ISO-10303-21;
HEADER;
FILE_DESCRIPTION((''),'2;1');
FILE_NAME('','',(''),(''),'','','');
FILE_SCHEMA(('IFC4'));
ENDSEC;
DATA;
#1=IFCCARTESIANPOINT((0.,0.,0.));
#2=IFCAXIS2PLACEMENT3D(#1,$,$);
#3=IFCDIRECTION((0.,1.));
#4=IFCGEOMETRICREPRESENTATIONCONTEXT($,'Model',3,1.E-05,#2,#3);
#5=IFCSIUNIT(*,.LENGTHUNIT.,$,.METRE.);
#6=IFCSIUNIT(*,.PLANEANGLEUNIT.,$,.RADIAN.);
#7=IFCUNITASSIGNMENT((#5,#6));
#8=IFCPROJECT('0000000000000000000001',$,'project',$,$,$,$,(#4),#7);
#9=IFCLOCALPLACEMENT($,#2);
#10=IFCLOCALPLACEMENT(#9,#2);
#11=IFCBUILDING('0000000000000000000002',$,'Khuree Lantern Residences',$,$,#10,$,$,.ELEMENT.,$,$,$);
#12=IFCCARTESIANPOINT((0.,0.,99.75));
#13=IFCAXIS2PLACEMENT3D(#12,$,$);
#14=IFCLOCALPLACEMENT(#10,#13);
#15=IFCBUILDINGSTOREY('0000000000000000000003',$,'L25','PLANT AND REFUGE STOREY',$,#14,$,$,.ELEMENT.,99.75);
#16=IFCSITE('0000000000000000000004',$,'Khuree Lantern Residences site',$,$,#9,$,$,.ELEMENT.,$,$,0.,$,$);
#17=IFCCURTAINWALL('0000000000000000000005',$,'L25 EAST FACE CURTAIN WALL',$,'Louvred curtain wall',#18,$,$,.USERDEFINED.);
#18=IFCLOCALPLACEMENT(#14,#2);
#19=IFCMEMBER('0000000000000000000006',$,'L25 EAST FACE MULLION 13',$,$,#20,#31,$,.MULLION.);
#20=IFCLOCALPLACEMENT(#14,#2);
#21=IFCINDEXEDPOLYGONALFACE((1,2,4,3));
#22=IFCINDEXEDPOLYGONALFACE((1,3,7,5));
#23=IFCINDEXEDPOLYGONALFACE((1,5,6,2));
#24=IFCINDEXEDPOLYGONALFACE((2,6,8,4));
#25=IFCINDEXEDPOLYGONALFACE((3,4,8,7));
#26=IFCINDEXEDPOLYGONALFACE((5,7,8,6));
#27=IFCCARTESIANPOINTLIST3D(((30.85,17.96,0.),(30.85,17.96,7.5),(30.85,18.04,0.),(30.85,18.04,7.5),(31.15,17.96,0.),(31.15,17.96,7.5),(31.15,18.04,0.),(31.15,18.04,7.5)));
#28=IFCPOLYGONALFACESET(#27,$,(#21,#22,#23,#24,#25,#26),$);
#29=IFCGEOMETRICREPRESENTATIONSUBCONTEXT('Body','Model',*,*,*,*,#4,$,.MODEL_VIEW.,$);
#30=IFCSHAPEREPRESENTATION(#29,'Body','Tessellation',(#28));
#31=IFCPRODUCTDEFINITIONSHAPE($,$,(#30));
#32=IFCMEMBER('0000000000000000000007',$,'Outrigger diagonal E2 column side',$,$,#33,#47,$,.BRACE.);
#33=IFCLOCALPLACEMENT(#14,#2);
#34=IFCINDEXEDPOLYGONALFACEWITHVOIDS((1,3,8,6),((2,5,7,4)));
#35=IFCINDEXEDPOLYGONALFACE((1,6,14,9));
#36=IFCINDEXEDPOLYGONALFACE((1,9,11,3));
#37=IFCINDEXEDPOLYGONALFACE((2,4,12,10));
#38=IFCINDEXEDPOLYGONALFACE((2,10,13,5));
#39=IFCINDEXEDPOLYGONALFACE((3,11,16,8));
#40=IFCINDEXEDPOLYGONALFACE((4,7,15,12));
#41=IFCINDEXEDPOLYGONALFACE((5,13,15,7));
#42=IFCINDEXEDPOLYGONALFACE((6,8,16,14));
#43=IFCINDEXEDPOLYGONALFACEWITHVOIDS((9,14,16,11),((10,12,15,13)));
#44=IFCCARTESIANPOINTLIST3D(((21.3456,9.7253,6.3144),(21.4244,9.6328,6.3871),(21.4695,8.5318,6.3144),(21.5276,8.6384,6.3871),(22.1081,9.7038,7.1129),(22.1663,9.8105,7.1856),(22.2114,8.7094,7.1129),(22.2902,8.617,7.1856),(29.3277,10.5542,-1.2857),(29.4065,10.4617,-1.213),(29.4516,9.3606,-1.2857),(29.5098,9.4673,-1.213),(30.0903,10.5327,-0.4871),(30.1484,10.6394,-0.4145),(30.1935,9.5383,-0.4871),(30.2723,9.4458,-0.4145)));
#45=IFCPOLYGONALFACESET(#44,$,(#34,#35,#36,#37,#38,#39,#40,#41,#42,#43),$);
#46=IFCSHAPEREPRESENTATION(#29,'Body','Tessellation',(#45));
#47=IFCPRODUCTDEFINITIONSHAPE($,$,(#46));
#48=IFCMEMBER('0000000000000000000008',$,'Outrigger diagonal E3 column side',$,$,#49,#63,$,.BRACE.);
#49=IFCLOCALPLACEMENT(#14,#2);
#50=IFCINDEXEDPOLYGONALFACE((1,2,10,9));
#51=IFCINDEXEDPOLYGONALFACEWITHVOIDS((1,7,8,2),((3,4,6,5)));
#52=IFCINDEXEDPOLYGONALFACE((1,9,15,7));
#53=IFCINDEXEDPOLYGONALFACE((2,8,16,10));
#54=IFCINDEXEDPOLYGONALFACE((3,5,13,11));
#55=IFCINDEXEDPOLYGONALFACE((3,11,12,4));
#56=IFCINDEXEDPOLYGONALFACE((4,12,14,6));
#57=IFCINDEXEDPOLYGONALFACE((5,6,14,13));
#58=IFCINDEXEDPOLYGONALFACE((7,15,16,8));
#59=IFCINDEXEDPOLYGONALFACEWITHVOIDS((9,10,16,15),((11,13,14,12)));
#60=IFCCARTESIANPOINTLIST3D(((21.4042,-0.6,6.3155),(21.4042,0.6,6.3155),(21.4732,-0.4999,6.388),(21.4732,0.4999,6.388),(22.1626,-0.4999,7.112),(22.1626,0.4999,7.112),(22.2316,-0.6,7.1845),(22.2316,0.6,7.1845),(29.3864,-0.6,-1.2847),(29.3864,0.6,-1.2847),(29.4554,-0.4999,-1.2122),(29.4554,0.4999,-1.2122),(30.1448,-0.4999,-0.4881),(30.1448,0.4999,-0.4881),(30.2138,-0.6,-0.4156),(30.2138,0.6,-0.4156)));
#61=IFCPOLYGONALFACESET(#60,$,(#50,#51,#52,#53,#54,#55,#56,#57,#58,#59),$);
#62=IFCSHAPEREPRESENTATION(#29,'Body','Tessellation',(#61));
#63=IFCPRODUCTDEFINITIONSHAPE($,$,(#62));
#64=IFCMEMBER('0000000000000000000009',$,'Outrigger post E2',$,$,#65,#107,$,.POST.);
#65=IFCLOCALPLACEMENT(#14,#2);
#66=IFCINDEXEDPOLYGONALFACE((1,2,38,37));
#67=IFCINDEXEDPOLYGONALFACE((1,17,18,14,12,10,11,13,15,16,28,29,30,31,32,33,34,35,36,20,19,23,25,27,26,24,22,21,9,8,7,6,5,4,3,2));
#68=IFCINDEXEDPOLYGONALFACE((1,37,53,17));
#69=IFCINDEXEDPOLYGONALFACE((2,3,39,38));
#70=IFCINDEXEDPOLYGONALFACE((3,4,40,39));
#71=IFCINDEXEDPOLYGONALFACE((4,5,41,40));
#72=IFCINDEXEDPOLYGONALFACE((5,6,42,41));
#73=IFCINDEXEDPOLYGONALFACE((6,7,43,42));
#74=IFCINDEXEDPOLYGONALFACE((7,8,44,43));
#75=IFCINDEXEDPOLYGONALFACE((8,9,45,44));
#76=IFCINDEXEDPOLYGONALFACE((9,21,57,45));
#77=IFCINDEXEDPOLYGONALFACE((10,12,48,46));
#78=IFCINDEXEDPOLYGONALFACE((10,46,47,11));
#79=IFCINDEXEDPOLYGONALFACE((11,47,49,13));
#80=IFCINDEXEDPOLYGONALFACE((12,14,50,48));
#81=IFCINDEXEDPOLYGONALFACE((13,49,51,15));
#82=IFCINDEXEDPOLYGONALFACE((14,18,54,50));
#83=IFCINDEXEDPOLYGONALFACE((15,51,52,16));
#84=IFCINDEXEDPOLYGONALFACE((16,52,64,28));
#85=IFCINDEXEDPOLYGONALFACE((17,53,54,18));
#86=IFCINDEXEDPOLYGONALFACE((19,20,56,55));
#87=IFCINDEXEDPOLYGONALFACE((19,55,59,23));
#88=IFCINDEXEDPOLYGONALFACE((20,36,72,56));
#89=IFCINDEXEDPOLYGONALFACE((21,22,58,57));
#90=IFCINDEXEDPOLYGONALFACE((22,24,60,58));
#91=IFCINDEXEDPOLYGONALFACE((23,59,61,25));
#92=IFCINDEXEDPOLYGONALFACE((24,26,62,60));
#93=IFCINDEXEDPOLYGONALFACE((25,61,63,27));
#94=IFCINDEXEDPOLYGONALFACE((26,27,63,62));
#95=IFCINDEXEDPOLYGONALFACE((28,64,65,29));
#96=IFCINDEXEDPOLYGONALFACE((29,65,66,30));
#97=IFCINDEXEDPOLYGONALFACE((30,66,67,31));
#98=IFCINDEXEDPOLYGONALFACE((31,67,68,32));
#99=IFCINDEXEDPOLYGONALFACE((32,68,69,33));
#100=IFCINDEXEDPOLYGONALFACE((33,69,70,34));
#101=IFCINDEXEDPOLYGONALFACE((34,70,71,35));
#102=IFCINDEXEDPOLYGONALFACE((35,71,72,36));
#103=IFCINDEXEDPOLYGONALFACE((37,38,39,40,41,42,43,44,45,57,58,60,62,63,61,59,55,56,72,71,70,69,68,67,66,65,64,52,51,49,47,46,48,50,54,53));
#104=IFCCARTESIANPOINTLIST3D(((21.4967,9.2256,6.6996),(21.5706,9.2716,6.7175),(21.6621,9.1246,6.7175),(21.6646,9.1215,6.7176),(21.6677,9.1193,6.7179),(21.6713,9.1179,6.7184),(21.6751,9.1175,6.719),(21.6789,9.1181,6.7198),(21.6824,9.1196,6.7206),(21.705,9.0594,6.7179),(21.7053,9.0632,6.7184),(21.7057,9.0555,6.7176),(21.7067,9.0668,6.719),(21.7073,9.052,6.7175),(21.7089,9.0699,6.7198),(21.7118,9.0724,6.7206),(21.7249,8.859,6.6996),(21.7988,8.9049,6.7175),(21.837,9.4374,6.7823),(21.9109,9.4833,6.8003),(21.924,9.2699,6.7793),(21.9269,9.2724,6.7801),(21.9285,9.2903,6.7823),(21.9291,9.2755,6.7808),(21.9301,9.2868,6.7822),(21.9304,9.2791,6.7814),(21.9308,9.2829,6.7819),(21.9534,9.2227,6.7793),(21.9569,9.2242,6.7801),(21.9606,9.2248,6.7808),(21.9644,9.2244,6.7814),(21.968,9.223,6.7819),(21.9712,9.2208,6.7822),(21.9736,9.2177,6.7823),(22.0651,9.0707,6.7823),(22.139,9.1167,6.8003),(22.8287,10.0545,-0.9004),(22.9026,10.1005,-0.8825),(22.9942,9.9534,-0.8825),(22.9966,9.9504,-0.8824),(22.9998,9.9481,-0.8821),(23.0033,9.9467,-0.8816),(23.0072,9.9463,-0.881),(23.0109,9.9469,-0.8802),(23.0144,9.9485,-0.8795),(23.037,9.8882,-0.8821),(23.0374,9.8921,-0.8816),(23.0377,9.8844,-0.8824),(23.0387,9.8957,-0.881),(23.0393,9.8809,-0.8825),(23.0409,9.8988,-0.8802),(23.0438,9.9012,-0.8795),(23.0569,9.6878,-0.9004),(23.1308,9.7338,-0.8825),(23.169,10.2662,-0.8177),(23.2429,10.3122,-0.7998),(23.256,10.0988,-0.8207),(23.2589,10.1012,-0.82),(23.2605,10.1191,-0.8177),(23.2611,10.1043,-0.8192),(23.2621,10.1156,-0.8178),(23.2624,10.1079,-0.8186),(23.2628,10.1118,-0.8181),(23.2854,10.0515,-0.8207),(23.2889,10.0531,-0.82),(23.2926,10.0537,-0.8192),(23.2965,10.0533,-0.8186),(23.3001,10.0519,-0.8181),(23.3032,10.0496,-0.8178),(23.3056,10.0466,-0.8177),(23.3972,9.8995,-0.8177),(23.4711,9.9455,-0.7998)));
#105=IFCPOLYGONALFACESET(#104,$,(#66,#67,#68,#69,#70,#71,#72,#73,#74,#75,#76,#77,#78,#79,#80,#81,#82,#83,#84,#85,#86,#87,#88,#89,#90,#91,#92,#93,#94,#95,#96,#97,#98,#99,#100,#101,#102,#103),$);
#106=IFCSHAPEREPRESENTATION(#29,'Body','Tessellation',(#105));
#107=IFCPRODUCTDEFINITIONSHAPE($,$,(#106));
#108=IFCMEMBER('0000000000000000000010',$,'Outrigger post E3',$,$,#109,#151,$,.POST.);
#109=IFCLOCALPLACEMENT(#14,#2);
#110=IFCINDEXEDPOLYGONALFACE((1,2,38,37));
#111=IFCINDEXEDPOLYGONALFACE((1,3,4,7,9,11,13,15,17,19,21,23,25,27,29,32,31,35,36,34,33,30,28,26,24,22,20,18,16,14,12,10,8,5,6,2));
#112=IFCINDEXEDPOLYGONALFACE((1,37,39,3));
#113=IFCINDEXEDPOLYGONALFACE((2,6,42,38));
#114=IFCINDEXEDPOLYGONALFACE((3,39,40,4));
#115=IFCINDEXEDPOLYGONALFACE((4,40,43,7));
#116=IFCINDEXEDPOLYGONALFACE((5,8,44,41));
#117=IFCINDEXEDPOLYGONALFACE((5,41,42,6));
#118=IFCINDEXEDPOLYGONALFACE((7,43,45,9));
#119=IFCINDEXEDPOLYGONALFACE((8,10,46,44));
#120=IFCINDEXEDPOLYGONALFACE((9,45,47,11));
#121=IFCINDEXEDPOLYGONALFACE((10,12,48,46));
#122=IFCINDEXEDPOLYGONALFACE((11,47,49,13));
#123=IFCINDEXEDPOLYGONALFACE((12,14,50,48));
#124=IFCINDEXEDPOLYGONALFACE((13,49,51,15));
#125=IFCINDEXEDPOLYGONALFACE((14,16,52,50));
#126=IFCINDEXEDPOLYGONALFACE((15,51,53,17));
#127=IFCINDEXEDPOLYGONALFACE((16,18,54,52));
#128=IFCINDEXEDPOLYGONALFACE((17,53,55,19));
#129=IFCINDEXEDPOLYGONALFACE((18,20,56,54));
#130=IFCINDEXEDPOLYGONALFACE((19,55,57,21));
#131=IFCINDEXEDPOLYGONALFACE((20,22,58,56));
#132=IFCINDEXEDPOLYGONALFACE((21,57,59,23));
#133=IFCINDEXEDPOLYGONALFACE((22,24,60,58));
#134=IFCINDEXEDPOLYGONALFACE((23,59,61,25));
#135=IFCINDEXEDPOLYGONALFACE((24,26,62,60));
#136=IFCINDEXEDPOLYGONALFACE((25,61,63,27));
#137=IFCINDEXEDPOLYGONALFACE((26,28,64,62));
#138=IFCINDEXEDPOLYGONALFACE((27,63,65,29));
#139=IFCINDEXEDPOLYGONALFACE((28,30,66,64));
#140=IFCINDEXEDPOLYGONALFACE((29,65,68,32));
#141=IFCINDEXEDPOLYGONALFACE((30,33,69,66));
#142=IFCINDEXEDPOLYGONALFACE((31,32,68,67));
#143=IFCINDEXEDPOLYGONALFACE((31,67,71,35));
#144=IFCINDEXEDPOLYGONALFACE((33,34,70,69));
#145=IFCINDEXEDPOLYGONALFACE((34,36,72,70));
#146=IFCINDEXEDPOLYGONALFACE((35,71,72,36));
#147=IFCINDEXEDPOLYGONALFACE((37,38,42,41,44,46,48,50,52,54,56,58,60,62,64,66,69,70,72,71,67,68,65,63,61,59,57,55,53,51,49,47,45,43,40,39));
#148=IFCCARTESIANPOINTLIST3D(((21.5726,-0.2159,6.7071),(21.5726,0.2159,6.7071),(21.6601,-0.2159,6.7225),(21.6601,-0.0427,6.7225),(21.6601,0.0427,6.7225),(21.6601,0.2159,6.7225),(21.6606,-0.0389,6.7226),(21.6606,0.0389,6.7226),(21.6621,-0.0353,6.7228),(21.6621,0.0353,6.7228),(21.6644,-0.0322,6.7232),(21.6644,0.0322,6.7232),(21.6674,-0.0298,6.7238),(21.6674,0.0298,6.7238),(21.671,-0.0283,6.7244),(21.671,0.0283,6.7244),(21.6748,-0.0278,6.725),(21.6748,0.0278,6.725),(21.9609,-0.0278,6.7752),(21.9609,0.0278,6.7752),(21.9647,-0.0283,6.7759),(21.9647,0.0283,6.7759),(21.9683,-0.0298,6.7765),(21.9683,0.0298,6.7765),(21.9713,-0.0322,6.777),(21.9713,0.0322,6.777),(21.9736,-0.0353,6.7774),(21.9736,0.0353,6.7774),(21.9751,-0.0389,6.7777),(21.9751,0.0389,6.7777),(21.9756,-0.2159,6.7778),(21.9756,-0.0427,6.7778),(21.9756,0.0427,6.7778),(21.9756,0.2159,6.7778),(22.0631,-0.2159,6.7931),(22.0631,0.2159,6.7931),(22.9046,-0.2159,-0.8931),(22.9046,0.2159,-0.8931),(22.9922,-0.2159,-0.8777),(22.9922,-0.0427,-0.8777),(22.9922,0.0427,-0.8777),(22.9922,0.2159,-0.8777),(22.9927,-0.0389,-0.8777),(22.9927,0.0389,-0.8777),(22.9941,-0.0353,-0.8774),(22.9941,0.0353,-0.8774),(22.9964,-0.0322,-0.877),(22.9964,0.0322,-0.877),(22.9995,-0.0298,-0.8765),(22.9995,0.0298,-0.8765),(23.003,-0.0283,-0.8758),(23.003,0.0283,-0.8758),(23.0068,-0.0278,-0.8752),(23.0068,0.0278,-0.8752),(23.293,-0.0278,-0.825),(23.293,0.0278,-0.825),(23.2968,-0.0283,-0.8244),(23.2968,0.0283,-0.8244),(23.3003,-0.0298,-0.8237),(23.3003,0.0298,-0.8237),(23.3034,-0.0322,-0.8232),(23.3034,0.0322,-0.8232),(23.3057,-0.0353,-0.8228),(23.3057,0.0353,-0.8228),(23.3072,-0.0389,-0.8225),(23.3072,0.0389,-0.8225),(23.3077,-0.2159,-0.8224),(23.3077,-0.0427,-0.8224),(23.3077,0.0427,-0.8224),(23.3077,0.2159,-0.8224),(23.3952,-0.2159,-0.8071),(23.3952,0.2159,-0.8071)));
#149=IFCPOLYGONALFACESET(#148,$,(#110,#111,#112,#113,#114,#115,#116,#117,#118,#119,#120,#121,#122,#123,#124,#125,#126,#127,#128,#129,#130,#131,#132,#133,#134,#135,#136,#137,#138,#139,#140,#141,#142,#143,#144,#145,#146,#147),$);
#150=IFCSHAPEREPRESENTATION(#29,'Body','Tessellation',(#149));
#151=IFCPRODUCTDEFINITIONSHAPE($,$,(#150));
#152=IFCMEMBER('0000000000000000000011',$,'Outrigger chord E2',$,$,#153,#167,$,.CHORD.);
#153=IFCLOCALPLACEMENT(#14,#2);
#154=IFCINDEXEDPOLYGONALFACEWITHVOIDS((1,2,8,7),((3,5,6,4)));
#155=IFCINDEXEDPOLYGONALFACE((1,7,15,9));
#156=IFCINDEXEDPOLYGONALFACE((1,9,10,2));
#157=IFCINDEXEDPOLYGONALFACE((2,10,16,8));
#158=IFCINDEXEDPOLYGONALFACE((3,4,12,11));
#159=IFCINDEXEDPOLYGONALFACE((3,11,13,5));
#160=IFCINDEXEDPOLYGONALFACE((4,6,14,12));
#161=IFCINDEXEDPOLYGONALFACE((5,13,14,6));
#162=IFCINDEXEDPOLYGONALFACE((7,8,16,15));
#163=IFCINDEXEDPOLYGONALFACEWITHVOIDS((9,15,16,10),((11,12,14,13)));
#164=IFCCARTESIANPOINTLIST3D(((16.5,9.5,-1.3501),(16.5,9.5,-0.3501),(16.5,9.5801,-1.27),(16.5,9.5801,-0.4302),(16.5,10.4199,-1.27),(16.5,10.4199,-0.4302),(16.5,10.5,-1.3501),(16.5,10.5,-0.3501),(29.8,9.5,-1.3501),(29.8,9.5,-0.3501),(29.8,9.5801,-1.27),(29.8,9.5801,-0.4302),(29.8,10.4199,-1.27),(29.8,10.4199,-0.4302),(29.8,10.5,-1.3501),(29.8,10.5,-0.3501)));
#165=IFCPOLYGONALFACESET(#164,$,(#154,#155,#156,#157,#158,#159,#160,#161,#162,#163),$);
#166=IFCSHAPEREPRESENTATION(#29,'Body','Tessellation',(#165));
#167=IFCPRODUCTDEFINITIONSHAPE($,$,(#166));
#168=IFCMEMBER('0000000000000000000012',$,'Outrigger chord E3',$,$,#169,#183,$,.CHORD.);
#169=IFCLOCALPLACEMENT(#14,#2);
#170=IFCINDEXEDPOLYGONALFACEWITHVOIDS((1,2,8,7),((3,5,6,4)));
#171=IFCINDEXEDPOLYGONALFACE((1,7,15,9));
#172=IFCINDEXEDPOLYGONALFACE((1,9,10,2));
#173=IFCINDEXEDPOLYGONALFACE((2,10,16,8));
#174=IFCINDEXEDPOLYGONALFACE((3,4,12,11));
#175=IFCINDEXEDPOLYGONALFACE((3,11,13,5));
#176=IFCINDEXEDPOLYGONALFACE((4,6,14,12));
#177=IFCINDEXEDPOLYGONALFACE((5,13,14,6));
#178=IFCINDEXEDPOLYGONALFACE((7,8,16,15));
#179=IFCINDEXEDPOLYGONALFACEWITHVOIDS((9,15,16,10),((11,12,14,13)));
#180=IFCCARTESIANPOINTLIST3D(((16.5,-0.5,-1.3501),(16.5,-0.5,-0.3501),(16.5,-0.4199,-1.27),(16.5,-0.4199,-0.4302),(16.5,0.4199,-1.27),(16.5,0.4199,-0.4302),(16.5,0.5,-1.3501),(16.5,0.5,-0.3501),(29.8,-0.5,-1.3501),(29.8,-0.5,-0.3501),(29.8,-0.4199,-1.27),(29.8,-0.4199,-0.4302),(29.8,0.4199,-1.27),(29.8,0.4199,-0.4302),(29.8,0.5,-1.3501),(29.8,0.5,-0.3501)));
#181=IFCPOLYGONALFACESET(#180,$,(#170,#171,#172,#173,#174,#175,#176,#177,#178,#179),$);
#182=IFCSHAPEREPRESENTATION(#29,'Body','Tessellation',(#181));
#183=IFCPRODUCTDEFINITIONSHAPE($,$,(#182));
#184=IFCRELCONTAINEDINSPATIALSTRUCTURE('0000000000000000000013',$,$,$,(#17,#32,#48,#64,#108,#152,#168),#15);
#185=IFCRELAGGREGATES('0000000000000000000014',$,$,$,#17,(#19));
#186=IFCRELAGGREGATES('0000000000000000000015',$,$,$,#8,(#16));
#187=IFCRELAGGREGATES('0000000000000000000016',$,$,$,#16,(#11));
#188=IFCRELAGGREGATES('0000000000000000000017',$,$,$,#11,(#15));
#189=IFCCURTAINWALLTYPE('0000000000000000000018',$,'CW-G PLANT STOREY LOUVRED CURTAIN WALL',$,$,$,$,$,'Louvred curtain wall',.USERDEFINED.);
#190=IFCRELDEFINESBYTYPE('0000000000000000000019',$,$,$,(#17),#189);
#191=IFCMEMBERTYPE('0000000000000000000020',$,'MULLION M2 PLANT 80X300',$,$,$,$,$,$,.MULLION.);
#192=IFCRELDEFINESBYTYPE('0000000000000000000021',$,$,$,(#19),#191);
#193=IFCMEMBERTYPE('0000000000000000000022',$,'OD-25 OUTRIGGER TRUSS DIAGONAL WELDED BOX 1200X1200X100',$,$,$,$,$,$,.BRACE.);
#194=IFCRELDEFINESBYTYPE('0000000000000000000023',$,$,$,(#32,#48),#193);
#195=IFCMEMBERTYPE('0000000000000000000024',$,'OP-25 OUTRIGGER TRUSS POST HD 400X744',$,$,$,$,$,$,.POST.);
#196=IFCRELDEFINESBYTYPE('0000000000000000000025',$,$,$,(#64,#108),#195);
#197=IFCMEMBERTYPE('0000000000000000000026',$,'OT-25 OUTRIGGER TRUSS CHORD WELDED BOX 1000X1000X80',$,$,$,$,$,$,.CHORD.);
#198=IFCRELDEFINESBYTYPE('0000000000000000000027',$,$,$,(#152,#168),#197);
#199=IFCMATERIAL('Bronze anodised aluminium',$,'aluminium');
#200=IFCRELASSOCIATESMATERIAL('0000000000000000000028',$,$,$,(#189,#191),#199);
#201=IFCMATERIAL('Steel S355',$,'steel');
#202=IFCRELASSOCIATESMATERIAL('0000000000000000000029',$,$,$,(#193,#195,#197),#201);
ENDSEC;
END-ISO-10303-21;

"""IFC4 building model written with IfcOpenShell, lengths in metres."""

from ifc_helpers import new_model, si_unit, direction, frame, origin, origin_2d, place, context, subcontext, project, spatial, rectangle, hollow_rectangle, i_section, extrude, material, material_profile, profile_set, type_object, element, aggregate, save


model = new_model("IFC4")

# Units and contexts
model_context = context("Model", 3, precision=1e-05, world=origin(), true_north=direction((0.0, 1.0)))
body_context = subcontext(model_context, "Body", "Model", "MODEL_VIEW")
ifc_project = project(units=[si_unit("LENGTHUNIT", "METRE"), si_unit("PLANEANGLEUNIT", "RADIAN")], contexts=[model_context])

# Site, building, storey
site_placement = place(None, origin())
site = spatial("IfcSite", under=ifc_project, at=site_placement, Name="Khuree Lantern Residences site", CompositionType="ELEMENT", RefElevation=0.0)
building_placement = place(site_placement, origin())
building = spatial("IfcBuilding", under=site, at=building_placement, Name="Khuree Lantern Residences", CompositionType="ELEMENT")
storey_placement = place(building_placement, frame((0.0, 0.0, 99.75)))
storey = spatial("IfcBuildingStorey", under=building, at=storey_placement, Name="L25", Description="PLANT AND REFUGE STOREY", CompositionType="ELEMENT", Elevation=99.75)

# Shared definitions
ifc_material_1 = material(Name="Steel S355", Category="steel")

# Curtain wall, member
ifc_material_2 = material(Name="Bronze anodised aluminium", Category="aluminium")
curtain_wall_type = type_object("IfcCurtainWallType", Name="CW-G PLANT STOREY LOUVRED CURTAIN WALL", ElementType="Louvred curtain wall", PredefinedType="USERDEFINED", material=ifc_material_2)
curtain_wall_placement = place(storey_placement, origin())
curtain_wall = element("IfcCurtainWall", 1, at=curtain_wall_placement, inside=storey, type_object=curtain_wall_type, Name="L25 EAST FACE CURTAIN WALL", ObjectType="Louvred curtain wall", PredefinedType="USERDEFINED")
ifc_material_profile_1 = material_profile(ifc_material_2, rectangle(XDim=0.0801, YDim=0.3, at=origin_2d()), Name="M2 80X300")
ifc_profile_set_1 = profile_set([ifc_material_profile_1], Name="Bronze anodised aluminium")
member_type_1 = type_object("IfcMemberType", Name="MULLION M2 PLANT 80X300", PredefinedType="MULLION", material=ifc_profile_set_1)
member_1_placement = place(storey_placement, frame((31.0, 18.0, 0.0), z_axis=(0.0, 0.0, 1.0), x_axis=(0.0, 1.0, 0.0)))
member_1 = element("IfcMember", 2, at=member_1_placement, type_object=member_type_1, Name="L25 EAST FACE MULLION 13", PredefinedType="MULLION", context=body_context, shape_type="SweptSolid", body=[
    extrude(rectangle(XDim=0.0801, YDim=0.3, at=origin_2d()), origin(), (0.0, 0.0, 1.0), 7.5),
])

# Members
ifc_material_profile_2 = material_profile(ifc_material_1, hollow_rectangle(XDim=1.2, YDim=1.2, WallThickness=0.1001, at=origin_2d()), Name="WELDED BOX 1200X1200X100")
ifc_profile_set_2 = profile_set([ifc_material_profile_2], Name="Steel S355")
member_type_2 = type_object("IfcMemberType", Name="OD-25 OUTRIGGER TRUSS DIAGONAL WELDED BOX 1200X1200X100", PredefinedType="BRACE", material=ifc_profile_set_2)
member_2_placement = place(storey_placement, frame((21.8179, 9.1711, 6.75), z_axis=(0.722188, 0.074991, -0.687619), x_axis=(-0.103283, 0.994652, 0.0)))
element("IfcMember", 3, at=member_2_placement, inside=storey, type_object=member_type_2, Name="Outrigger diagonal E2 column side", PredefinedType="BRACE", context=body_context, shape_type="SweptSolid", body=[
    extrude(hollow_rectangle(XDim=1.2, YDim=1.2, WallThickness=0.1001, at=origin_2d()), origin(), (0.0, 0.0, 1.0), 11.0527),
])
member_3_placement = place(storey_placement, frame((21.8179, 0.0, 6.75), z_axis=(0.724227, 0.0, -0.689561), x_axis=(0.0, 1.0, 0.0)))
element("IfcMember", 4, at=member_3_placement, inside=storey, type_object=member_type_2, Name="Outrigger diagonal E3 column side", PredefinedType="BRACE", context=body_context, shape_type="SweptSolid", body=[
    extrude(hollow_rectangle(XDim=1.2, YDim=1.2, WallThickness=0.1001, at=origin_2d()), origin(), (0.0, 0.0, 1.0), 11.0217),
])
ifc_material_profile_3 = material_profile(ifc_material_1, i_section(OverallWidth=0.4319, OverallDepth=0.498, WebThickness=0.0557, FlangeThickness=0.0889, FilletRadius=0.0149, at=origin_2d()), Name="HD 400X744")
ifc_profile_set_3 = profile_set([ifc_material_profile_3], Name="Steel S355")
member_type_3 = type_object("IfcMemberType", Name="OP-25 OUTRIGGER TRUSS POST HD 400X744", PredefinedType="POST", material=ifc_profile_set_3)
member_4_placement = place(storey_placement, frame((23.1499, 10.0, -0.8501), z_axis=(-0.171646, -0.106807, 0.979352), x_axis=(0.528319, -0.849046, 0.0)))
element("IfcMember", 5, at=member_4_placement, inside=storey, type_object=member_type_3, Name="Outrigger post E2", PredefinedType="POST", context=body_context, shape_type="SweptSolid", body=[
    extrude(i_section(OverallWidth=0.4319, OverallDepth=0.498, WebThickness=0.0557, FlangeThickness=0.0889, FilletRadius=0.0149, at=origin_2d()), origin(), (0.0, 0.0, 1.0), 7.7603),
])
member_5_placement = place(storey_placement, frame((23.1499, 0.0, -0.8501), z_axis=(-0.172634, 0.0, 0.984986), x_axis=(0.0, -1.0, 0.0)))
element("IfcMember", 6, at=member_5_placement, inside=storey, type_object=member_type_3, Name="Outrigger post E3", PredefinedType="POST", context=body_context, shape_type="SweptSolid", body=[
    extrude(i_section(OverallWidth=0.4319, OverallDepth=0.498, WebThickness=0.0557, FlangeThickness=0.0889, FilletRadius=0.0149, at=origin_2d()), origin(), (0.0, 0.0, 1.0), 7.7161),
])
ifc_material_profile_4 = material_profile(ifc_material_1, hollow_rectangle(XDim=1.0, YDim=1.0, WallThickness=0.0801, at=origin_2d()), Name="WELDED BOX 1000X1000X80")
ifc_profile_set_4 = profile_set([ifc_material_profile_4], Name="Steel S355")
member_type_4 = type_object("IfcMemberType", Name="OT-25 OUTRIGGER TRUSS CHORD WELDED BOX 1000X1000X80", PredefinedType="CHORD", material=ifc_profile_set_4)
for number, where, z_axis, x_axis, name in (
    (7, (29.8, 10.0, -0.8501), (-1.0, 0.0, 0.0), (0.0, -1.0, 0.0), "Outrigger chord E2"),
    (8, (29.8, 0.0, -0.8501), (-1.0, 0.0, 0.0), (0.0, -1.0, 0.0), "Outrigger chord E3"),
):
    element("IfcMember", number, at=place(storey_placement, frame(where, z_axis=z_axis, x_axis=x_axis)), inside=storey, type_object=member_type_4, Name=name, PredefinedType="CHORD", context=body_context, shape_type="SweptSolid", body=[
        extrude(hollow_rectangle(XDim=1.0, YDim=1.0, WallThickness=0.0801, at=origin_2d()), origin(), (0.0, 0.0, 1.0), 13.3),
    ])

aggregate(curtain_wall, [member_1])

save(model, "model.ifc")
